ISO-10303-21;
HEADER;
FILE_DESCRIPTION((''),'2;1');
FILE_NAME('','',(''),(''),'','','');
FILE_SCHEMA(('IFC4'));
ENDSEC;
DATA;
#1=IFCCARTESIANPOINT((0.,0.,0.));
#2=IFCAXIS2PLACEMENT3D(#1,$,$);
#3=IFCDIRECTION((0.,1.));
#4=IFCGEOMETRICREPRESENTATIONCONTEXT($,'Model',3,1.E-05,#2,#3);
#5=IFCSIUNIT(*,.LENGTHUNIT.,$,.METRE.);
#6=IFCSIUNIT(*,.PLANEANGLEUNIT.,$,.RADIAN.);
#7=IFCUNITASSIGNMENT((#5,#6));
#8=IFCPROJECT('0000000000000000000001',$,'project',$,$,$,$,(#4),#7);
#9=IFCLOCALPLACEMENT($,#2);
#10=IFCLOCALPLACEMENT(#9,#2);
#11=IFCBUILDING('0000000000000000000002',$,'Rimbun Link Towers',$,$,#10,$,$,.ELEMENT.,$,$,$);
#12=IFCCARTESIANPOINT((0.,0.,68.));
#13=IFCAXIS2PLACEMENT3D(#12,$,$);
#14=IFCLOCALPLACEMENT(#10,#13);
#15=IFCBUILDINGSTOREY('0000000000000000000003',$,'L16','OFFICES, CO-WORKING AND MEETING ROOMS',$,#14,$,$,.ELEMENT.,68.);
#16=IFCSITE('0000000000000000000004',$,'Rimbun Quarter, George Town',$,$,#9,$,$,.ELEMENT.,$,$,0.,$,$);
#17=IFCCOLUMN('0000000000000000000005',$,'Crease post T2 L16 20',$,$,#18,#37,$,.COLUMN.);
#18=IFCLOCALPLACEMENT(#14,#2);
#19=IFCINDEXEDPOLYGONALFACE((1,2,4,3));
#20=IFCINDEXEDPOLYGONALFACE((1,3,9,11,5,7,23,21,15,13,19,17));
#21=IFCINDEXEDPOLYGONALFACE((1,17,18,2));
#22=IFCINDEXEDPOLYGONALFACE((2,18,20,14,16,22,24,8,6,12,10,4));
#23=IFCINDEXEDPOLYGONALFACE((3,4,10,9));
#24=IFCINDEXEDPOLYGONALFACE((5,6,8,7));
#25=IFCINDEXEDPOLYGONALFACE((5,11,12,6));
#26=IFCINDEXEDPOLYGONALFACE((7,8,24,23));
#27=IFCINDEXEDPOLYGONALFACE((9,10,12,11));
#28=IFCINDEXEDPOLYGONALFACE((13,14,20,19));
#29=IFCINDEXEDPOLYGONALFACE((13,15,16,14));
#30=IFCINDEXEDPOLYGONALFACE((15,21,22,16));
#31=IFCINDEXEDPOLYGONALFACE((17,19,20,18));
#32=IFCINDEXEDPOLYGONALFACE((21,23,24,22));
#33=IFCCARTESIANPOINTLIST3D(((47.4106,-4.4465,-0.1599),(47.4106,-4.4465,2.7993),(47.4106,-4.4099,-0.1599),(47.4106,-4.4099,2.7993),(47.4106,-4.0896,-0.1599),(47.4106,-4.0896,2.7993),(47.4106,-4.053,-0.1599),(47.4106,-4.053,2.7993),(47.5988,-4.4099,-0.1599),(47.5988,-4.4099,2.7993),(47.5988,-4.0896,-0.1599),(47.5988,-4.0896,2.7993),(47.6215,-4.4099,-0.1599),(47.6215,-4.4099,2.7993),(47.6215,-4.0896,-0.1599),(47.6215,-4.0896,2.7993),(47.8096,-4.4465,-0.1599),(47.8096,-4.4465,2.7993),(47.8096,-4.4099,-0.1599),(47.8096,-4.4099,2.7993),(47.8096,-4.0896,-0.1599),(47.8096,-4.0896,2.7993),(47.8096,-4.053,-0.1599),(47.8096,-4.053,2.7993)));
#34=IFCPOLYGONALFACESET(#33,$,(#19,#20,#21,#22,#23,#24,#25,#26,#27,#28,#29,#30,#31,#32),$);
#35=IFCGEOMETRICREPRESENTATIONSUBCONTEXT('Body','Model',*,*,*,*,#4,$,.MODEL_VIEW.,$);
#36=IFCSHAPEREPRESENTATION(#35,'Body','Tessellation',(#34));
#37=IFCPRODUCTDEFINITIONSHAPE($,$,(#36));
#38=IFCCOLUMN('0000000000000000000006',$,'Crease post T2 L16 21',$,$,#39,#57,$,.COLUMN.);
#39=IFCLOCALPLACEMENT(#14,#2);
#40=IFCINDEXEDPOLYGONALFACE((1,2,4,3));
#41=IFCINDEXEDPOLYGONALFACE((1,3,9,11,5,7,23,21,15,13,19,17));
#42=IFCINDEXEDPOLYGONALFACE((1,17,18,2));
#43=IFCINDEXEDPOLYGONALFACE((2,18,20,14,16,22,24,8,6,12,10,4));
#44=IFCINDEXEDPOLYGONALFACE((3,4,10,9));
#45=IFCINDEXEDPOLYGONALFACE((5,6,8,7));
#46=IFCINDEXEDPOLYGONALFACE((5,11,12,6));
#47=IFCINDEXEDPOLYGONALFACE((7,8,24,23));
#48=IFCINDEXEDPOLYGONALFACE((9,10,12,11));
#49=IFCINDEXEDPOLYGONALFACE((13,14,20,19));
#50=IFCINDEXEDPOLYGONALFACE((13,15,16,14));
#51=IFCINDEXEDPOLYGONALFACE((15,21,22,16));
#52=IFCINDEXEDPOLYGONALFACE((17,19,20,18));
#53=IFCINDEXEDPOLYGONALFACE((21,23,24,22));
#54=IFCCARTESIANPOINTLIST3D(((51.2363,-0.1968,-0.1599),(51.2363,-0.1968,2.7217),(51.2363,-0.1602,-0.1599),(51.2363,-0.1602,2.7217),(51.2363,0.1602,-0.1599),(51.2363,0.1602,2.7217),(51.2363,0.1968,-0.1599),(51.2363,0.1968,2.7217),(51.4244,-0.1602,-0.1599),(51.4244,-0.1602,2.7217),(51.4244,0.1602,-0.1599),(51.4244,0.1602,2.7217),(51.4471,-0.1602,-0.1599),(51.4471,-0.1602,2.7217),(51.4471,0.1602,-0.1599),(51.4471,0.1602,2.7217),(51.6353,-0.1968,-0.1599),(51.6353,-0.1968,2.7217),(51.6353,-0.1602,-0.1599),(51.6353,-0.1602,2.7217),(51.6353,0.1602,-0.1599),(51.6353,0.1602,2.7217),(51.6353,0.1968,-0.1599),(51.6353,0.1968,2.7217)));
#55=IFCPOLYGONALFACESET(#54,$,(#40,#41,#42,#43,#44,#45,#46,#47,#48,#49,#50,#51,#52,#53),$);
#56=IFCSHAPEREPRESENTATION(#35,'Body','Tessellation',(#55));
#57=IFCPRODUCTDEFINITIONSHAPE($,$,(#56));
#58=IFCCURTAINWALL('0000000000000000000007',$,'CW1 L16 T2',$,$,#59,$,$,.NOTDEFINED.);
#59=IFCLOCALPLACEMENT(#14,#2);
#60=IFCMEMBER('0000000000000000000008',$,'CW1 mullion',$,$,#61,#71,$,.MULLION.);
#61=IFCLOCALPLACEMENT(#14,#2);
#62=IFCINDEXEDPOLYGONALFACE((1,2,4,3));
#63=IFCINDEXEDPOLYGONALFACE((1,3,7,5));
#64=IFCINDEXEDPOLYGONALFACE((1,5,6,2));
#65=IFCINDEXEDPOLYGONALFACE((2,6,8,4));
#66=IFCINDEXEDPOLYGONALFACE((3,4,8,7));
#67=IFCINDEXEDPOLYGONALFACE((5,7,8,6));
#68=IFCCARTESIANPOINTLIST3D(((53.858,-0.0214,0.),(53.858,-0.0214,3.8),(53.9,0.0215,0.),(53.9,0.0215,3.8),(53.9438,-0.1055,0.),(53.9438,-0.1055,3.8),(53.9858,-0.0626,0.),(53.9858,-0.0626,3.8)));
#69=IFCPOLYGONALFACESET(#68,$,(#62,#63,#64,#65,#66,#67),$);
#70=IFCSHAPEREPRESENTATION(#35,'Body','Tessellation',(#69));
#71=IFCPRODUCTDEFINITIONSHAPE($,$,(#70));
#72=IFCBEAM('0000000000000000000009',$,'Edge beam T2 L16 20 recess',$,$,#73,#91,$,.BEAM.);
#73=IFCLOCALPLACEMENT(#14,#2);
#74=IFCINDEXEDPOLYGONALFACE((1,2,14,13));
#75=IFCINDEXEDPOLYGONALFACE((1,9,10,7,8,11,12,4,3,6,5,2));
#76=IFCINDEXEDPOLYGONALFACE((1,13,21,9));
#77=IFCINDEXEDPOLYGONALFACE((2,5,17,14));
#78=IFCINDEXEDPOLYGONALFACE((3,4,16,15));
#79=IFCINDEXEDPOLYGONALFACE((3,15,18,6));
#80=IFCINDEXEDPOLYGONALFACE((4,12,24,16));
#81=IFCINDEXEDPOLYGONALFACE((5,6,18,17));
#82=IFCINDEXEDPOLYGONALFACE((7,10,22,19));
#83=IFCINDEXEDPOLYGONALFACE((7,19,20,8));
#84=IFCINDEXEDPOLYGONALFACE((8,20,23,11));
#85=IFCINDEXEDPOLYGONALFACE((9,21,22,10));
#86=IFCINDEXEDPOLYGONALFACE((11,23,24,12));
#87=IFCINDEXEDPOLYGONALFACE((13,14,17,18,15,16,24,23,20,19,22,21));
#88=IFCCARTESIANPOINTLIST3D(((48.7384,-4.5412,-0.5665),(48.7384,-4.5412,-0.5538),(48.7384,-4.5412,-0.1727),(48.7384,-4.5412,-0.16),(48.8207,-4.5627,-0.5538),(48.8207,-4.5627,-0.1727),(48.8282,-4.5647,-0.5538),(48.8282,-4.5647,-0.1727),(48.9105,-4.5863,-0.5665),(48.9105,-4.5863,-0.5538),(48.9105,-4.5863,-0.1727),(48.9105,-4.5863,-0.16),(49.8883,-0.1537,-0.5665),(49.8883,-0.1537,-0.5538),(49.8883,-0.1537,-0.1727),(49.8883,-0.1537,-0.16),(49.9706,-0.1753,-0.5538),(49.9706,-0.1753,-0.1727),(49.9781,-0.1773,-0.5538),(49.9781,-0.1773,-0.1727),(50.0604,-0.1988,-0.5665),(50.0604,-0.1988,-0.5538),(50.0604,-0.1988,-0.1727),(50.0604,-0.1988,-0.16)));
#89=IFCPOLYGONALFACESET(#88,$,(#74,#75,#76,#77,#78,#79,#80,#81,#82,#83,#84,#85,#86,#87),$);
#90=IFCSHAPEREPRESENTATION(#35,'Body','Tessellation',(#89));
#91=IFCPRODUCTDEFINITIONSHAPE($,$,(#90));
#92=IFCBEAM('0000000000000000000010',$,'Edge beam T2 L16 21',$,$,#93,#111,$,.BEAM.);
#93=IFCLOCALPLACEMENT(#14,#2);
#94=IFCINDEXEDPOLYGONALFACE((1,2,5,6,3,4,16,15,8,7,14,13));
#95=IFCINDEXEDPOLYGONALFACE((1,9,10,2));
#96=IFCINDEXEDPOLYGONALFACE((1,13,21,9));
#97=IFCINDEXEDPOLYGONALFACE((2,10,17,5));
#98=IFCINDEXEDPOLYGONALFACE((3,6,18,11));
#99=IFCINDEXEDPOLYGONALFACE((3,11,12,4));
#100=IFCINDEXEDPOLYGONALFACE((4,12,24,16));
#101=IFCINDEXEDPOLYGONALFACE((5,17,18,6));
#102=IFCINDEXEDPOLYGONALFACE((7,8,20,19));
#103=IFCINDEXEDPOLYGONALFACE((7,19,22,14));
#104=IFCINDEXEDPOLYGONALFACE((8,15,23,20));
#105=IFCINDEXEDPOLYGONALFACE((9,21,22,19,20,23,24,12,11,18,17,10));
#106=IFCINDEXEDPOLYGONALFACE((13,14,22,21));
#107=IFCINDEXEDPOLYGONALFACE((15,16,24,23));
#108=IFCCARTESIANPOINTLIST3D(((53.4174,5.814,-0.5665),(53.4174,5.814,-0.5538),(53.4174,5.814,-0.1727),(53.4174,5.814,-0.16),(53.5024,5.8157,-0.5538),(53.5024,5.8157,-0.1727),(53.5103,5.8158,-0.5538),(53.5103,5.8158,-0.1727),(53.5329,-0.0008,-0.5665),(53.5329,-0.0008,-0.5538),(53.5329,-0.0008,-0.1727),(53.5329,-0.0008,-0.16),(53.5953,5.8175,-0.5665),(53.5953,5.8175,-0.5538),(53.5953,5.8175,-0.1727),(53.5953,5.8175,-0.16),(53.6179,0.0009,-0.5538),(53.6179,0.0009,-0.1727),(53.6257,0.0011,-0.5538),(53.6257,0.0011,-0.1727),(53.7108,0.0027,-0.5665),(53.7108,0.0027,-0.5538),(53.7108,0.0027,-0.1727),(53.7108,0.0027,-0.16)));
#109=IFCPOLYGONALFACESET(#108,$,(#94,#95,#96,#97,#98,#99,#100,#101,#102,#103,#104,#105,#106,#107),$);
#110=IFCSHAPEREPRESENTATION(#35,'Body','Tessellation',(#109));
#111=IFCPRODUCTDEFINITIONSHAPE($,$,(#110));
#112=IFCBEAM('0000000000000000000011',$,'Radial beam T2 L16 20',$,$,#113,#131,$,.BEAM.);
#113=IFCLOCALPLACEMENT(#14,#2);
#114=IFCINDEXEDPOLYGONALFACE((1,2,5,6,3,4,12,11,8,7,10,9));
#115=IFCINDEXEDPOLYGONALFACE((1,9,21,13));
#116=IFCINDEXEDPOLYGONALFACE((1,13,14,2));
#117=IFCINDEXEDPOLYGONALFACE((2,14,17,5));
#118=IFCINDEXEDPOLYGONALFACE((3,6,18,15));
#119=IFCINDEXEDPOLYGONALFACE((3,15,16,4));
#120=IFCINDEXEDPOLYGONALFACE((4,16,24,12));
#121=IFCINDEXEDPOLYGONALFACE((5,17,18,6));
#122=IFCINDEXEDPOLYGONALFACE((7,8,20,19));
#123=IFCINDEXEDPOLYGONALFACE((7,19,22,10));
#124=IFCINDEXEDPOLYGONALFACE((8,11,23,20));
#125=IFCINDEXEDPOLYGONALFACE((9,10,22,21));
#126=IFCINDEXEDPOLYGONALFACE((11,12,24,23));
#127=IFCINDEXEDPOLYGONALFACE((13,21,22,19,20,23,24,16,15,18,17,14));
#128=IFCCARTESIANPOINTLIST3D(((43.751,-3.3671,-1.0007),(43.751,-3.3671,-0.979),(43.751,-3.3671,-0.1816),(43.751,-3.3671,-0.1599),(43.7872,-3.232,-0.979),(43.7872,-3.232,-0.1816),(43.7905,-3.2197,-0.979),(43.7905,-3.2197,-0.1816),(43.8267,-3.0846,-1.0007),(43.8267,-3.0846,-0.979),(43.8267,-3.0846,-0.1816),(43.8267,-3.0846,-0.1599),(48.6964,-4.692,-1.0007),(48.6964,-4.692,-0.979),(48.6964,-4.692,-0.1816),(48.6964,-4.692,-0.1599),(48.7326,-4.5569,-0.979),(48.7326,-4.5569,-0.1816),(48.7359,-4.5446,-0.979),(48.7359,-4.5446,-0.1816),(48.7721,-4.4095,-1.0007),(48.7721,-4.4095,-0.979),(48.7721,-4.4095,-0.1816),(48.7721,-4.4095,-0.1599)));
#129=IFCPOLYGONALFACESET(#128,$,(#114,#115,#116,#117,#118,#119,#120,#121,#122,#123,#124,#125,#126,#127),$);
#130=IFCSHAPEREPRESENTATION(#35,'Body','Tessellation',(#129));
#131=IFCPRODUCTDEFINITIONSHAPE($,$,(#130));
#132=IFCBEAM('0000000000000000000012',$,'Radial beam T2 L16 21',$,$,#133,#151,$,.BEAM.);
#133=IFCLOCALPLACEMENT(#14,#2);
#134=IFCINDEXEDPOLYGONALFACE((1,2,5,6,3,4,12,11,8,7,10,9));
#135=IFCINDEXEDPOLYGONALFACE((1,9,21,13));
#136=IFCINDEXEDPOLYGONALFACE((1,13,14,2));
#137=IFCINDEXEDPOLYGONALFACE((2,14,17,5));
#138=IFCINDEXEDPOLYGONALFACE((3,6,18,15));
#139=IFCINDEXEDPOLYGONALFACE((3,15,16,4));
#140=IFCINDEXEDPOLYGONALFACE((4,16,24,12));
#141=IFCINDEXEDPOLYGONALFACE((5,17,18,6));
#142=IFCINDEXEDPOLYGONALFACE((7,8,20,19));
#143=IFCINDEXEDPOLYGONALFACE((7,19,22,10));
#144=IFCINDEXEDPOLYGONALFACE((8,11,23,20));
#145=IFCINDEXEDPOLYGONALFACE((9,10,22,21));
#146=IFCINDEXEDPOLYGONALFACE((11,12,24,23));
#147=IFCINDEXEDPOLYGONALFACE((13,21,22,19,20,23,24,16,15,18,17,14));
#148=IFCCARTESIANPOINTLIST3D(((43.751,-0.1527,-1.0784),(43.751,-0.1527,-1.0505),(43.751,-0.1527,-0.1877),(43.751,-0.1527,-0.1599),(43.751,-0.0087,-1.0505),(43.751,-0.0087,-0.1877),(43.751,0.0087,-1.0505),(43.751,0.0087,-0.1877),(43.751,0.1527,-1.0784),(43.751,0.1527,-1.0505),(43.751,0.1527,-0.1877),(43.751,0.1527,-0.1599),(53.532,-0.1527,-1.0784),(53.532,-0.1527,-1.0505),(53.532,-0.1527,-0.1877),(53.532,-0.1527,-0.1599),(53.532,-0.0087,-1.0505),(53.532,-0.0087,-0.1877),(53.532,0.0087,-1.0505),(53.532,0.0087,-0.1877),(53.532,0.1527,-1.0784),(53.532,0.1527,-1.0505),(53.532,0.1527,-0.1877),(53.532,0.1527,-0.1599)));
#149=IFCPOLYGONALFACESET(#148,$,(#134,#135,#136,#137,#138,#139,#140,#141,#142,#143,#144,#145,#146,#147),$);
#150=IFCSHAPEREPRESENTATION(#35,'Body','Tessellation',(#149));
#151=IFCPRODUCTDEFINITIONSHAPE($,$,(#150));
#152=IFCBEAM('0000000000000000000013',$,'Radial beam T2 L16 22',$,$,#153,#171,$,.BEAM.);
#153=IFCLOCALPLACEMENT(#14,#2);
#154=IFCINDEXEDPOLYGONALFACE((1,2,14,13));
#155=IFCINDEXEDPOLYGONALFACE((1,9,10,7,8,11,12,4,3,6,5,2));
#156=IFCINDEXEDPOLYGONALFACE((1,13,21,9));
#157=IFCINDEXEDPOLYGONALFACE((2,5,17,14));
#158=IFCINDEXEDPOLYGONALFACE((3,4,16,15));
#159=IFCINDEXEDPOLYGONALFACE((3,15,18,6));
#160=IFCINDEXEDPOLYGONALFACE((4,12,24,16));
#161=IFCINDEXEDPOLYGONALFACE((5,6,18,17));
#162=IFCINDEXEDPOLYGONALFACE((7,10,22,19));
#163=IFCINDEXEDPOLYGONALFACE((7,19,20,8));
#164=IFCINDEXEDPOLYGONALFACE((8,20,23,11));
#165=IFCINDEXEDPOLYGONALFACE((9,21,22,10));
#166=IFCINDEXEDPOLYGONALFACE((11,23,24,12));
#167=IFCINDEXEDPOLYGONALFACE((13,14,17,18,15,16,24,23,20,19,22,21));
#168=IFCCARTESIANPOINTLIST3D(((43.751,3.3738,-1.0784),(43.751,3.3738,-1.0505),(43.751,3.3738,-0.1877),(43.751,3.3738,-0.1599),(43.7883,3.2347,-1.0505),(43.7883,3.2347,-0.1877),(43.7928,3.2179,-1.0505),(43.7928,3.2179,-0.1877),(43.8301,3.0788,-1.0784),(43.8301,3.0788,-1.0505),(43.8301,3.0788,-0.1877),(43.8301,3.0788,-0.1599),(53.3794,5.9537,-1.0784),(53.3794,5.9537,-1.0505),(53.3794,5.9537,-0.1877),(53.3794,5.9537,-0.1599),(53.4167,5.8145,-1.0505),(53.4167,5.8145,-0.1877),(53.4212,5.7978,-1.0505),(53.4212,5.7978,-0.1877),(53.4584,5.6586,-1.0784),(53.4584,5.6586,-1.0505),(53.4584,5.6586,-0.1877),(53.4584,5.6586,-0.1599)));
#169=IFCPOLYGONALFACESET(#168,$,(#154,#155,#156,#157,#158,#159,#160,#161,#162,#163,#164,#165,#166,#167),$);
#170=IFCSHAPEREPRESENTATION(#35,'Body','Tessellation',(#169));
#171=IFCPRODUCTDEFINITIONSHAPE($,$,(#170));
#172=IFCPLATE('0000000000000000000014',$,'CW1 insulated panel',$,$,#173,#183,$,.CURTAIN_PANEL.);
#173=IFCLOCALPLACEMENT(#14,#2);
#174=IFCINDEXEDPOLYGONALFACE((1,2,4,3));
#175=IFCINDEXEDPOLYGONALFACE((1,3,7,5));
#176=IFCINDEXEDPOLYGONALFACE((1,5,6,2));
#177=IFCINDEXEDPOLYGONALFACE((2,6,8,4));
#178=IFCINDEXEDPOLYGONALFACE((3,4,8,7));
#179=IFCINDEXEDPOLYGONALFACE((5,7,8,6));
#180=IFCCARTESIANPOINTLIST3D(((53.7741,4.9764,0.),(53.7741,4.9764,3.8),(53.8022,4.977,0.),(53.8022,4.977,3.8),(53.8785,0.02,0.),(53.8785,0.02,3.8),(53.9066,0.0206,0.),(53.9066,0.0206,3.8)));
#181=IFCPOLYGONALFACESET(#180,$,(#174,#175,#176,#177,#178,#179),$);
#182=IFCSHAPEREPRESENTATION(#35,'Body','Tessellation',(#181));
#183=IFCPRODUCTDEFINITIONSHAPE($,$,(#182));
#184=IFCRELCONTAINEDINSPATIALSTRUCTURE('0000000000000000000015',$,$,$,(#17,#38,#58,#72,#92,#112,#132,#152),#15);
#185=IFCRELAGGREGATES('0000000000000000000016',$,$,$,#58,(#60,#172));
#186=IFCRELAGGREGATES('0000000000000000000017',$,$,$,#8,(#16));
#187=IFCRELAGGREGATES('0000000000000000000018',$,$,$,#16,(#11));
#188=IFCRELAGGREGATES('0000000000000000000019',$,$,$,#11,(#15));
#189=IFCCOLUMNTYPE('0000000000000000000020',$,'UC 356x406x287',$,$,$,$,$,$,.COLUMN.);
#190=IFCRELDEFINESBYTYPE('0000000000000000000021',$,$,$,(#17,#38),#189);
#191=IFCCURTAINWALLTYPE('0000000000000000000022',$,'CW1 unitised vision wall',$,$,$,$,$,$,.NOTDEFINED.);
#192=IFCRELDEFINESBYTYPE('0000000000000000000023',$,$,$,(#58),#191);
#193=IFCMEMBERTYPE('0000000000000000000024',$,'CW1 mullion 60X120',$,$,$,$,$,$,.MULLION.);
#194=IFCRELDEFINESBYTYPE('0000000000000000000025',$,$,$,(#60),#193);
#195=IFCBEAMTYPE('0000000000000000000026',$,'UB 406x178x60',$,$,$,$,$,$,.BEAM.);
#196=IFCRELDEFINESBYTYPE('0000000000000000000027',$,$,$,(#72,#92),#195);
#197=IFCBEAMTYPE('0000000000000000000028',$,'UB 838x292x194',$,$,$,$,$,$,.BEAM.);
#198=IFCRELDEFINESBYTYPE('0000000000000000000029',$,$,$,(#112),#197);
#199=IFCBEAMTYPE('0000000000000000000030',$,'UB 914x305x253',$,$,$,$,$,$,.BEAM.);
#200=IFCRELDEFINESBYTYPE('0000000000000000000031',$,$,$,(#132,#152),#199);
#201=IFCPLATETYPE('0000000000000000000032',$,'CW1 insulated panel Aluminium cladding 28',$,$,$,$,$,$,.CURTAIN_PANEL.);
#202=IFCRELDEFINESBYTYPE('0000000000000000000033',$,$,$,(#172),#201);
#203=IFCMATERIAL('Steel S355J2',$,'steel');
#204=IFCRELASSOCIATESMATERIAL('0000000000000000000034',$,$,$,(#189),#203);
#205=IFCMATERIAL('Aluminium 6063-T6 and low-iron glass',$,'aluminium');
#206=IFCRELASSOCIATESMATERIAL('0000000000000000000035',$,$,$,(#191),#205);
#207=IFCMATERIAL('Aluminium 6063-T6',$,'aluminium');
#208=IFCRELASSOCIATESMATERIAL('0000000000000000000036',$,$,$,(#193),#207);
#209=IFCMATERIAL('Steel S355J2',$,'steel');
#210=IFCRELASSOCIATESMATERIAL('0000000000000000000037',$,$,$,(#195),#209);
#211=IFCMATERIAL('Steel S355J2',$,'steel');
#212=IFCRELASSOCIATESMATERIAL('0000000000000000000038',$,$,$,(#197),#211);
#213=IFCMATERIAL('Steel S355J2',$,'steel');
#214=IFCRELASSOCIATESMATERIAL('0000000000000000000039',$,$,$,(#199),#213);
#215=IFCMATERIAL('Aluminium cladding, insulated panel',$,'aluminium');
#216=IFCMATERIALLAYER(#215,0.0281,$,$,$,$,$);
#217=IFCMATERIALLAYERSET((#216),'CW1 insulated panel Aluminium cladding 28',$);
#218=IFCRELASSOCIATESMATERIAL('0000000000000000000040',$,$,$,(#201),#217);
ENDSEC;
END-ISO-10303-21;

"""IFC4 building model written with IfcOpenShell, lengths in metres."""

from ifc_helpers import new_model, si_unit, direction, frame, origin, origin_2d, place, context, subcontext, project, spatial, rectangle, i_section, extrude, material, layer, layer_set, material_profile, profile_set, type_object, element, aggregate, save


model = new_model("IFC4")

# Units and contexts
model_context = context("Model", 3, precision=1e-05, world=origin(), true_north=direction((0.0, 1.0)))
body_context = subcontext(model_context, "Body", "Model", "MODEL_VIEW")
ifc_project = project(units=[si_unit("LENGTHUNIT", "METRE"), si_unit("PLANEANGLEUNIT", "RADIAN")], contexts=[model_context])

# Site, building, storey
site_placement = place(None, origin())
site = spatial("IfcSite", under=ifc_project, at=site_placement, Name="Rimbun Quarter, George Town", CompositionType="ELEMENT", RefElevation=0.0)
building_placement = place(site_placement, origin())
building = spatial("IfcBuilding", under=site, at=building_placement, Name="Rimbun Link Towers", CompositionType="ELEMENT")
storey_placement = place(building_placement, frame((0.0, 0.0, 68.0)))
storey = spatial("IfcBuildingStorey", under=building, at=storey_placement, Name="L16", Description="OFFICES, CO-WORKING AND MEETING ROOMS", CompositionType="ELEMENT", Elevation=68.0)

# Columns
ifc_material_1 = material(Name="Steel S355J2", Category="steel")
ifc_material_profile_1 = material_profile(ifc_material_1, i_section(OverallWidth=0.3989, OverallDepth=0.3936, WebThickness=0.0227, FlangeThickness=0.0366, at=origin_2d()), Name="UC 356x406x287")
ifc_profile_set_1 = profile_set([ifc_material_profile_1], Name="Steel S355J2")
column_type = type_object("IfcColumnType", Name="UC 356x406x287", PredefinedType="COLUMN", material=ifc_profile_set_1)
column_1_placement = place(storey_placement, frame((47.6101, -4.2498, -0.1599), z_axis=(0.0, 0.0, 1.0), x_axis=(1.0, 0.0, 0.0)))
element("IfcColumn", 1, at=column_1_placement, inside=storey, type_object=column_type, Name="Crease post T2 L16 20", PredefinedType="COLUMN", context=body_context, shape_type="SweptSolid", body=[
    extrude(i_section(OverallWidth=0.3989, OverallDepth=0.3936, WebThickness=0.0227, FlangeThickness=0.0366, at=origin_2d()), origin(), (0.0, 0.0, 1.0), 2.9592),
])
column_2_placement = place(storey_placement, frame((51.4358, 0.0, -0.1599), z_axis=(0.0, 0.0, 1.0), x_axis=(1.0, 0.0, 0.0)))
element("IfcColumn", 2, at=column_2_placement, inside=storey, type_object=column_type, Name="Crease post T2 L16 21", PredefinedType="COLUMN", context=body_context, shape_type="SweptSolid", body=[
    extrude(i_section(OverallWidth=0.3989, OverallDepth=0.3936, WebThickness=0.0227, FlangeThickness=0.0366, at=origin_2d()), origin(), (0.0, 0.0, 1.0), 2.8816),
])

# Curtain wall, member
ifc_material_2 = material(Name="Aluminium 6063-T6 and low-iron glass", Category="aluminium")
curtain_wall_type = type_object("IfcCurtainWallType", Name="CW1 unitised vision wall", PredefinedType="NOTDEFINED", material=ifc_material_2)
curtain_wall_placement = place(storey_placement, origin())
curtain_wall = element("IfcCurtainWall", 3, at=curtain_wall_placement, inside=storey, type_object=curtain_wall_type, Name="CW1 L16 T2", PredefinedType="NOTDEFINED")
ifc_material_3 = material(Name="Aluminium 6063-T6", Category="aluminium")
ifc_material_profile_2 = material_profile(ifc_material_3, rectangle(XDim=0.1201, YDim=0.0601, at=origin_2d()), Name="MULLION 60X120")
ifc_profile_set_2 = profile_set([ifc_material_profile_2], Name="Aluminium 6063-T6")
member_type = type_object("IfcMemberType", Name="CW1 mullion 60X120", PredefinedType="MULLION", material=ifc_profile_set_2)
member_placement = place(storey_placement, frame((53.9219, -0.042, 0.0), z_axis=(0.0, 0.0, 1.0), x_axis=(0.714514, -0.699621, 0.0)))
member = element("IfcMember", 4, at=member_placement, type_object=member_type, Name="CW1 mullion", PredefinedType="MULLION", context=body_context, shape_type="SweptSolid", body=[
    extrude(rectangle(XDim=0.1201, YDim=0.0601, at=origin_2d()), origin(), (0.0, 0.0, 1.0), 3.8),
])

# Beams
ifc_material_4 = material(Name="Steel S355J2", Category="steel")
ifc_material_profile_3 = material_profile(ifc_material_4, i_section(OverallWidth=0.178, OverallDepth=0.4065, WebThickness=0.0078, FlangeThickness=0.0127, at=origin_2d()), Name="UB 406x178x60")
ifc_profile_set_3 = profile_set([ifc_material_profile_3], Name="Steel S355J2")
beam_type_1 = type_object("IfcBeamType", Name="UB 406x178x60", PredefinedType="BEAM", material=ifc_profile_set_3)
beam_1_placement = place(storey_placement, frame((48.8245, -4.5637, -0.3633), z_axis=(0.253526, 0.967329, 0.0), x_axis=(-0.967329, 0.253526, 0.0)))
element("IfcBeam", 5, at=beam_1_placement, inside=storey, type_object=beam_type_1, Name="Edge beam T2 L16 20 recess", PredefinedType="BEAM", context=body_context, shape_type="SweptSolid", body=[
    extrude(i_section(OverallWidth=0.178, OverallDepth=0.4065, WebThickness=0.0078, FlangeThickness=0.0127, at=origin_2d()), origin(), (0.0, 0.0, 1.0), 4.5356),
])
beam_2_placement = place(storey_placement, frame((53.6218, 0.001, -0.3633), z_axis=(-0.019856, 0.999803, 0.0), x_axis=(-0.999803, -0.019856, 0.0)))
element("IfcBeam", 6, at=beam_2_placement, inside=storey, type_object=beam_type_1, Name="Edge beam T2 L16 21", PredefinedType="BEAM", context=body_context, shape_type="SweptSolid", body=[
    extrude(i_section(OverallWidth=0.178, OverallDepth=0.4065, WebThickness=0.0078, FlangeThickness=0.0127, at=origin_2d()), origin(), (0.0, 0.0, 1.0), 5.8159),
])
ifc_material_5 = material(Name="Steel S355J2", Category="steel")
ifc_material_profile_4 = material_profile(ifc_material_5, i_section(OverallWidth=0.2925, OverallDepth=0.8408, WebThickness=0.0127, FlangeThickness=0.0217, at=origin_2d()), Name="UB 838x292x194")
ifc_profile_set_4 = profile_set([ifc_material_profile_4], Name="Steel S355J2")
beam_type_2 = type_object("IfcBeamType", Name="UB 838x292x194", PredefinedType="BEAM", material=ifc_profile_set_4)
beam_3_placement = place(storey_placement, frame((43.7888, -3.2258, -0.5803), z_axis=(0.965936, -0.258781, 0.0), x_axis=(0.258781, 0.965936, 0.0)))
element("IfcBeam", 7, at=beam_3_placement, inside=storey, type_object=beam_type_2, Name="Radial beam T2 L16 20", PredefinedType="BEAM", context=body_context, shape_type="SweptSolid", body=[
    extrude(i_section(OverallWidth=0.2925, OverallDepth=0.8408, WebThickness=0.0127, FlangeThickness=0.0217, at=origin_2d()), origin(), (0.0, 0.0, 1.0), 5.1199),
])
ifc_material_6 = material(Name="Steel S355J2", Category="steel")
ifc_material_profile_5 = material_profile(ifc_material_6, i_section(OverallWidth=0.3054, OverallDepth=0.9185, WebThickness=0.0173, FlangeThickness=0.0278, at=origin_2d()), Name="UB 914x305x253")
ifc_profile_set_5 = profile_set([ifc_material_profile_5], Name="Steel S355J2")
beam_type_3 = type_object("IfcBeamType", Name="UB 914x305x253", PredefinedType="BEAM", material=ifc_profile_set_5)
beam_4_placement = place(storey_placement, frame((43.751, 0.0, -0.6191), z_axis=(1.0, 0.0, 0.0), x_axis=(0.0, 1.0, 0.0)))
element("IfcBeam", 8, at=beam_4_placement, inside=storey, type_object=beam_type_3, Name="Radial beam T2 L16 21", PredefinedType="BEAM", context=body_context, shape_type="SweptSolid", body=[
    extrude(i_section(OverallWidth=0.3054, OverallDepth=0.9185, WebThickness=0.0173, FlangeThickness=0.0278, at=origin_2d()), origin(), (0.0, 0.0, 1.0), 9.781),
])
beam_5_placement = place(storey_placement, frame((43.7905, 3.2263, -0.6191), z_axis=(0.965928, 0.25881, 0.0), x_axis=(-0.25881, 0.965928, 0.0)))
element("IfcBeam", 9, at=beam_5_placement, inside=storey, type_object=beam_type_3, Name="Radial beam T2 L16 22", PredefinedType="BEAM", context=body_context, shape_type="SweptSolid", body=[
    extrude(i_section(OverallWidth=0.3054, OverallDepth=0.9185, WebThickness=0.0173, FlangeThickness=0.0278, at=origin_2d()), origin(), (0.0, 0.0, 1.0), 9.968),
])

# Plate
ifc_material_7 = material(Name="Aluminium cladding, insulated panel", Category="aluminium")
ifc_layer_1 = layer(ifc_material_7, 0.0281)
ifc_layer_set_1 = layer_set([ifc_layer_1], Name="CW1 insulated panel Aluminium cladding 28")
plate_type = type_object("IfcPlateType", Name="CW1 insulated panel Aluminium cladding 28", PredefinedType="CURTAIN_PANEL", material=ifc_layer_set_1)
plate_placement = place(storey_placement, frame((53.8403, 2.4985, 0.0), z_axis=(0.0, 0.0, 1.0), x_axis=(0.02106, -0.999778, 0.0)))
plate = element("IfcPlate", 10, at=plate_placement, type_object=plate_type, Name="CW1 insulated panel", PredefinedType="CURTAIN_PANEL", context=body_context, shape_type="SweptSolid", body=[
    extrude(rectangle(XDim=4.9575, YDim=0.0281, at=origin_2d()), origin(), (0.0, 0.0, 1.0), 3.8),
])
aggregate(curtain_wall, [member, plate])

save(model, "model.ifc")
